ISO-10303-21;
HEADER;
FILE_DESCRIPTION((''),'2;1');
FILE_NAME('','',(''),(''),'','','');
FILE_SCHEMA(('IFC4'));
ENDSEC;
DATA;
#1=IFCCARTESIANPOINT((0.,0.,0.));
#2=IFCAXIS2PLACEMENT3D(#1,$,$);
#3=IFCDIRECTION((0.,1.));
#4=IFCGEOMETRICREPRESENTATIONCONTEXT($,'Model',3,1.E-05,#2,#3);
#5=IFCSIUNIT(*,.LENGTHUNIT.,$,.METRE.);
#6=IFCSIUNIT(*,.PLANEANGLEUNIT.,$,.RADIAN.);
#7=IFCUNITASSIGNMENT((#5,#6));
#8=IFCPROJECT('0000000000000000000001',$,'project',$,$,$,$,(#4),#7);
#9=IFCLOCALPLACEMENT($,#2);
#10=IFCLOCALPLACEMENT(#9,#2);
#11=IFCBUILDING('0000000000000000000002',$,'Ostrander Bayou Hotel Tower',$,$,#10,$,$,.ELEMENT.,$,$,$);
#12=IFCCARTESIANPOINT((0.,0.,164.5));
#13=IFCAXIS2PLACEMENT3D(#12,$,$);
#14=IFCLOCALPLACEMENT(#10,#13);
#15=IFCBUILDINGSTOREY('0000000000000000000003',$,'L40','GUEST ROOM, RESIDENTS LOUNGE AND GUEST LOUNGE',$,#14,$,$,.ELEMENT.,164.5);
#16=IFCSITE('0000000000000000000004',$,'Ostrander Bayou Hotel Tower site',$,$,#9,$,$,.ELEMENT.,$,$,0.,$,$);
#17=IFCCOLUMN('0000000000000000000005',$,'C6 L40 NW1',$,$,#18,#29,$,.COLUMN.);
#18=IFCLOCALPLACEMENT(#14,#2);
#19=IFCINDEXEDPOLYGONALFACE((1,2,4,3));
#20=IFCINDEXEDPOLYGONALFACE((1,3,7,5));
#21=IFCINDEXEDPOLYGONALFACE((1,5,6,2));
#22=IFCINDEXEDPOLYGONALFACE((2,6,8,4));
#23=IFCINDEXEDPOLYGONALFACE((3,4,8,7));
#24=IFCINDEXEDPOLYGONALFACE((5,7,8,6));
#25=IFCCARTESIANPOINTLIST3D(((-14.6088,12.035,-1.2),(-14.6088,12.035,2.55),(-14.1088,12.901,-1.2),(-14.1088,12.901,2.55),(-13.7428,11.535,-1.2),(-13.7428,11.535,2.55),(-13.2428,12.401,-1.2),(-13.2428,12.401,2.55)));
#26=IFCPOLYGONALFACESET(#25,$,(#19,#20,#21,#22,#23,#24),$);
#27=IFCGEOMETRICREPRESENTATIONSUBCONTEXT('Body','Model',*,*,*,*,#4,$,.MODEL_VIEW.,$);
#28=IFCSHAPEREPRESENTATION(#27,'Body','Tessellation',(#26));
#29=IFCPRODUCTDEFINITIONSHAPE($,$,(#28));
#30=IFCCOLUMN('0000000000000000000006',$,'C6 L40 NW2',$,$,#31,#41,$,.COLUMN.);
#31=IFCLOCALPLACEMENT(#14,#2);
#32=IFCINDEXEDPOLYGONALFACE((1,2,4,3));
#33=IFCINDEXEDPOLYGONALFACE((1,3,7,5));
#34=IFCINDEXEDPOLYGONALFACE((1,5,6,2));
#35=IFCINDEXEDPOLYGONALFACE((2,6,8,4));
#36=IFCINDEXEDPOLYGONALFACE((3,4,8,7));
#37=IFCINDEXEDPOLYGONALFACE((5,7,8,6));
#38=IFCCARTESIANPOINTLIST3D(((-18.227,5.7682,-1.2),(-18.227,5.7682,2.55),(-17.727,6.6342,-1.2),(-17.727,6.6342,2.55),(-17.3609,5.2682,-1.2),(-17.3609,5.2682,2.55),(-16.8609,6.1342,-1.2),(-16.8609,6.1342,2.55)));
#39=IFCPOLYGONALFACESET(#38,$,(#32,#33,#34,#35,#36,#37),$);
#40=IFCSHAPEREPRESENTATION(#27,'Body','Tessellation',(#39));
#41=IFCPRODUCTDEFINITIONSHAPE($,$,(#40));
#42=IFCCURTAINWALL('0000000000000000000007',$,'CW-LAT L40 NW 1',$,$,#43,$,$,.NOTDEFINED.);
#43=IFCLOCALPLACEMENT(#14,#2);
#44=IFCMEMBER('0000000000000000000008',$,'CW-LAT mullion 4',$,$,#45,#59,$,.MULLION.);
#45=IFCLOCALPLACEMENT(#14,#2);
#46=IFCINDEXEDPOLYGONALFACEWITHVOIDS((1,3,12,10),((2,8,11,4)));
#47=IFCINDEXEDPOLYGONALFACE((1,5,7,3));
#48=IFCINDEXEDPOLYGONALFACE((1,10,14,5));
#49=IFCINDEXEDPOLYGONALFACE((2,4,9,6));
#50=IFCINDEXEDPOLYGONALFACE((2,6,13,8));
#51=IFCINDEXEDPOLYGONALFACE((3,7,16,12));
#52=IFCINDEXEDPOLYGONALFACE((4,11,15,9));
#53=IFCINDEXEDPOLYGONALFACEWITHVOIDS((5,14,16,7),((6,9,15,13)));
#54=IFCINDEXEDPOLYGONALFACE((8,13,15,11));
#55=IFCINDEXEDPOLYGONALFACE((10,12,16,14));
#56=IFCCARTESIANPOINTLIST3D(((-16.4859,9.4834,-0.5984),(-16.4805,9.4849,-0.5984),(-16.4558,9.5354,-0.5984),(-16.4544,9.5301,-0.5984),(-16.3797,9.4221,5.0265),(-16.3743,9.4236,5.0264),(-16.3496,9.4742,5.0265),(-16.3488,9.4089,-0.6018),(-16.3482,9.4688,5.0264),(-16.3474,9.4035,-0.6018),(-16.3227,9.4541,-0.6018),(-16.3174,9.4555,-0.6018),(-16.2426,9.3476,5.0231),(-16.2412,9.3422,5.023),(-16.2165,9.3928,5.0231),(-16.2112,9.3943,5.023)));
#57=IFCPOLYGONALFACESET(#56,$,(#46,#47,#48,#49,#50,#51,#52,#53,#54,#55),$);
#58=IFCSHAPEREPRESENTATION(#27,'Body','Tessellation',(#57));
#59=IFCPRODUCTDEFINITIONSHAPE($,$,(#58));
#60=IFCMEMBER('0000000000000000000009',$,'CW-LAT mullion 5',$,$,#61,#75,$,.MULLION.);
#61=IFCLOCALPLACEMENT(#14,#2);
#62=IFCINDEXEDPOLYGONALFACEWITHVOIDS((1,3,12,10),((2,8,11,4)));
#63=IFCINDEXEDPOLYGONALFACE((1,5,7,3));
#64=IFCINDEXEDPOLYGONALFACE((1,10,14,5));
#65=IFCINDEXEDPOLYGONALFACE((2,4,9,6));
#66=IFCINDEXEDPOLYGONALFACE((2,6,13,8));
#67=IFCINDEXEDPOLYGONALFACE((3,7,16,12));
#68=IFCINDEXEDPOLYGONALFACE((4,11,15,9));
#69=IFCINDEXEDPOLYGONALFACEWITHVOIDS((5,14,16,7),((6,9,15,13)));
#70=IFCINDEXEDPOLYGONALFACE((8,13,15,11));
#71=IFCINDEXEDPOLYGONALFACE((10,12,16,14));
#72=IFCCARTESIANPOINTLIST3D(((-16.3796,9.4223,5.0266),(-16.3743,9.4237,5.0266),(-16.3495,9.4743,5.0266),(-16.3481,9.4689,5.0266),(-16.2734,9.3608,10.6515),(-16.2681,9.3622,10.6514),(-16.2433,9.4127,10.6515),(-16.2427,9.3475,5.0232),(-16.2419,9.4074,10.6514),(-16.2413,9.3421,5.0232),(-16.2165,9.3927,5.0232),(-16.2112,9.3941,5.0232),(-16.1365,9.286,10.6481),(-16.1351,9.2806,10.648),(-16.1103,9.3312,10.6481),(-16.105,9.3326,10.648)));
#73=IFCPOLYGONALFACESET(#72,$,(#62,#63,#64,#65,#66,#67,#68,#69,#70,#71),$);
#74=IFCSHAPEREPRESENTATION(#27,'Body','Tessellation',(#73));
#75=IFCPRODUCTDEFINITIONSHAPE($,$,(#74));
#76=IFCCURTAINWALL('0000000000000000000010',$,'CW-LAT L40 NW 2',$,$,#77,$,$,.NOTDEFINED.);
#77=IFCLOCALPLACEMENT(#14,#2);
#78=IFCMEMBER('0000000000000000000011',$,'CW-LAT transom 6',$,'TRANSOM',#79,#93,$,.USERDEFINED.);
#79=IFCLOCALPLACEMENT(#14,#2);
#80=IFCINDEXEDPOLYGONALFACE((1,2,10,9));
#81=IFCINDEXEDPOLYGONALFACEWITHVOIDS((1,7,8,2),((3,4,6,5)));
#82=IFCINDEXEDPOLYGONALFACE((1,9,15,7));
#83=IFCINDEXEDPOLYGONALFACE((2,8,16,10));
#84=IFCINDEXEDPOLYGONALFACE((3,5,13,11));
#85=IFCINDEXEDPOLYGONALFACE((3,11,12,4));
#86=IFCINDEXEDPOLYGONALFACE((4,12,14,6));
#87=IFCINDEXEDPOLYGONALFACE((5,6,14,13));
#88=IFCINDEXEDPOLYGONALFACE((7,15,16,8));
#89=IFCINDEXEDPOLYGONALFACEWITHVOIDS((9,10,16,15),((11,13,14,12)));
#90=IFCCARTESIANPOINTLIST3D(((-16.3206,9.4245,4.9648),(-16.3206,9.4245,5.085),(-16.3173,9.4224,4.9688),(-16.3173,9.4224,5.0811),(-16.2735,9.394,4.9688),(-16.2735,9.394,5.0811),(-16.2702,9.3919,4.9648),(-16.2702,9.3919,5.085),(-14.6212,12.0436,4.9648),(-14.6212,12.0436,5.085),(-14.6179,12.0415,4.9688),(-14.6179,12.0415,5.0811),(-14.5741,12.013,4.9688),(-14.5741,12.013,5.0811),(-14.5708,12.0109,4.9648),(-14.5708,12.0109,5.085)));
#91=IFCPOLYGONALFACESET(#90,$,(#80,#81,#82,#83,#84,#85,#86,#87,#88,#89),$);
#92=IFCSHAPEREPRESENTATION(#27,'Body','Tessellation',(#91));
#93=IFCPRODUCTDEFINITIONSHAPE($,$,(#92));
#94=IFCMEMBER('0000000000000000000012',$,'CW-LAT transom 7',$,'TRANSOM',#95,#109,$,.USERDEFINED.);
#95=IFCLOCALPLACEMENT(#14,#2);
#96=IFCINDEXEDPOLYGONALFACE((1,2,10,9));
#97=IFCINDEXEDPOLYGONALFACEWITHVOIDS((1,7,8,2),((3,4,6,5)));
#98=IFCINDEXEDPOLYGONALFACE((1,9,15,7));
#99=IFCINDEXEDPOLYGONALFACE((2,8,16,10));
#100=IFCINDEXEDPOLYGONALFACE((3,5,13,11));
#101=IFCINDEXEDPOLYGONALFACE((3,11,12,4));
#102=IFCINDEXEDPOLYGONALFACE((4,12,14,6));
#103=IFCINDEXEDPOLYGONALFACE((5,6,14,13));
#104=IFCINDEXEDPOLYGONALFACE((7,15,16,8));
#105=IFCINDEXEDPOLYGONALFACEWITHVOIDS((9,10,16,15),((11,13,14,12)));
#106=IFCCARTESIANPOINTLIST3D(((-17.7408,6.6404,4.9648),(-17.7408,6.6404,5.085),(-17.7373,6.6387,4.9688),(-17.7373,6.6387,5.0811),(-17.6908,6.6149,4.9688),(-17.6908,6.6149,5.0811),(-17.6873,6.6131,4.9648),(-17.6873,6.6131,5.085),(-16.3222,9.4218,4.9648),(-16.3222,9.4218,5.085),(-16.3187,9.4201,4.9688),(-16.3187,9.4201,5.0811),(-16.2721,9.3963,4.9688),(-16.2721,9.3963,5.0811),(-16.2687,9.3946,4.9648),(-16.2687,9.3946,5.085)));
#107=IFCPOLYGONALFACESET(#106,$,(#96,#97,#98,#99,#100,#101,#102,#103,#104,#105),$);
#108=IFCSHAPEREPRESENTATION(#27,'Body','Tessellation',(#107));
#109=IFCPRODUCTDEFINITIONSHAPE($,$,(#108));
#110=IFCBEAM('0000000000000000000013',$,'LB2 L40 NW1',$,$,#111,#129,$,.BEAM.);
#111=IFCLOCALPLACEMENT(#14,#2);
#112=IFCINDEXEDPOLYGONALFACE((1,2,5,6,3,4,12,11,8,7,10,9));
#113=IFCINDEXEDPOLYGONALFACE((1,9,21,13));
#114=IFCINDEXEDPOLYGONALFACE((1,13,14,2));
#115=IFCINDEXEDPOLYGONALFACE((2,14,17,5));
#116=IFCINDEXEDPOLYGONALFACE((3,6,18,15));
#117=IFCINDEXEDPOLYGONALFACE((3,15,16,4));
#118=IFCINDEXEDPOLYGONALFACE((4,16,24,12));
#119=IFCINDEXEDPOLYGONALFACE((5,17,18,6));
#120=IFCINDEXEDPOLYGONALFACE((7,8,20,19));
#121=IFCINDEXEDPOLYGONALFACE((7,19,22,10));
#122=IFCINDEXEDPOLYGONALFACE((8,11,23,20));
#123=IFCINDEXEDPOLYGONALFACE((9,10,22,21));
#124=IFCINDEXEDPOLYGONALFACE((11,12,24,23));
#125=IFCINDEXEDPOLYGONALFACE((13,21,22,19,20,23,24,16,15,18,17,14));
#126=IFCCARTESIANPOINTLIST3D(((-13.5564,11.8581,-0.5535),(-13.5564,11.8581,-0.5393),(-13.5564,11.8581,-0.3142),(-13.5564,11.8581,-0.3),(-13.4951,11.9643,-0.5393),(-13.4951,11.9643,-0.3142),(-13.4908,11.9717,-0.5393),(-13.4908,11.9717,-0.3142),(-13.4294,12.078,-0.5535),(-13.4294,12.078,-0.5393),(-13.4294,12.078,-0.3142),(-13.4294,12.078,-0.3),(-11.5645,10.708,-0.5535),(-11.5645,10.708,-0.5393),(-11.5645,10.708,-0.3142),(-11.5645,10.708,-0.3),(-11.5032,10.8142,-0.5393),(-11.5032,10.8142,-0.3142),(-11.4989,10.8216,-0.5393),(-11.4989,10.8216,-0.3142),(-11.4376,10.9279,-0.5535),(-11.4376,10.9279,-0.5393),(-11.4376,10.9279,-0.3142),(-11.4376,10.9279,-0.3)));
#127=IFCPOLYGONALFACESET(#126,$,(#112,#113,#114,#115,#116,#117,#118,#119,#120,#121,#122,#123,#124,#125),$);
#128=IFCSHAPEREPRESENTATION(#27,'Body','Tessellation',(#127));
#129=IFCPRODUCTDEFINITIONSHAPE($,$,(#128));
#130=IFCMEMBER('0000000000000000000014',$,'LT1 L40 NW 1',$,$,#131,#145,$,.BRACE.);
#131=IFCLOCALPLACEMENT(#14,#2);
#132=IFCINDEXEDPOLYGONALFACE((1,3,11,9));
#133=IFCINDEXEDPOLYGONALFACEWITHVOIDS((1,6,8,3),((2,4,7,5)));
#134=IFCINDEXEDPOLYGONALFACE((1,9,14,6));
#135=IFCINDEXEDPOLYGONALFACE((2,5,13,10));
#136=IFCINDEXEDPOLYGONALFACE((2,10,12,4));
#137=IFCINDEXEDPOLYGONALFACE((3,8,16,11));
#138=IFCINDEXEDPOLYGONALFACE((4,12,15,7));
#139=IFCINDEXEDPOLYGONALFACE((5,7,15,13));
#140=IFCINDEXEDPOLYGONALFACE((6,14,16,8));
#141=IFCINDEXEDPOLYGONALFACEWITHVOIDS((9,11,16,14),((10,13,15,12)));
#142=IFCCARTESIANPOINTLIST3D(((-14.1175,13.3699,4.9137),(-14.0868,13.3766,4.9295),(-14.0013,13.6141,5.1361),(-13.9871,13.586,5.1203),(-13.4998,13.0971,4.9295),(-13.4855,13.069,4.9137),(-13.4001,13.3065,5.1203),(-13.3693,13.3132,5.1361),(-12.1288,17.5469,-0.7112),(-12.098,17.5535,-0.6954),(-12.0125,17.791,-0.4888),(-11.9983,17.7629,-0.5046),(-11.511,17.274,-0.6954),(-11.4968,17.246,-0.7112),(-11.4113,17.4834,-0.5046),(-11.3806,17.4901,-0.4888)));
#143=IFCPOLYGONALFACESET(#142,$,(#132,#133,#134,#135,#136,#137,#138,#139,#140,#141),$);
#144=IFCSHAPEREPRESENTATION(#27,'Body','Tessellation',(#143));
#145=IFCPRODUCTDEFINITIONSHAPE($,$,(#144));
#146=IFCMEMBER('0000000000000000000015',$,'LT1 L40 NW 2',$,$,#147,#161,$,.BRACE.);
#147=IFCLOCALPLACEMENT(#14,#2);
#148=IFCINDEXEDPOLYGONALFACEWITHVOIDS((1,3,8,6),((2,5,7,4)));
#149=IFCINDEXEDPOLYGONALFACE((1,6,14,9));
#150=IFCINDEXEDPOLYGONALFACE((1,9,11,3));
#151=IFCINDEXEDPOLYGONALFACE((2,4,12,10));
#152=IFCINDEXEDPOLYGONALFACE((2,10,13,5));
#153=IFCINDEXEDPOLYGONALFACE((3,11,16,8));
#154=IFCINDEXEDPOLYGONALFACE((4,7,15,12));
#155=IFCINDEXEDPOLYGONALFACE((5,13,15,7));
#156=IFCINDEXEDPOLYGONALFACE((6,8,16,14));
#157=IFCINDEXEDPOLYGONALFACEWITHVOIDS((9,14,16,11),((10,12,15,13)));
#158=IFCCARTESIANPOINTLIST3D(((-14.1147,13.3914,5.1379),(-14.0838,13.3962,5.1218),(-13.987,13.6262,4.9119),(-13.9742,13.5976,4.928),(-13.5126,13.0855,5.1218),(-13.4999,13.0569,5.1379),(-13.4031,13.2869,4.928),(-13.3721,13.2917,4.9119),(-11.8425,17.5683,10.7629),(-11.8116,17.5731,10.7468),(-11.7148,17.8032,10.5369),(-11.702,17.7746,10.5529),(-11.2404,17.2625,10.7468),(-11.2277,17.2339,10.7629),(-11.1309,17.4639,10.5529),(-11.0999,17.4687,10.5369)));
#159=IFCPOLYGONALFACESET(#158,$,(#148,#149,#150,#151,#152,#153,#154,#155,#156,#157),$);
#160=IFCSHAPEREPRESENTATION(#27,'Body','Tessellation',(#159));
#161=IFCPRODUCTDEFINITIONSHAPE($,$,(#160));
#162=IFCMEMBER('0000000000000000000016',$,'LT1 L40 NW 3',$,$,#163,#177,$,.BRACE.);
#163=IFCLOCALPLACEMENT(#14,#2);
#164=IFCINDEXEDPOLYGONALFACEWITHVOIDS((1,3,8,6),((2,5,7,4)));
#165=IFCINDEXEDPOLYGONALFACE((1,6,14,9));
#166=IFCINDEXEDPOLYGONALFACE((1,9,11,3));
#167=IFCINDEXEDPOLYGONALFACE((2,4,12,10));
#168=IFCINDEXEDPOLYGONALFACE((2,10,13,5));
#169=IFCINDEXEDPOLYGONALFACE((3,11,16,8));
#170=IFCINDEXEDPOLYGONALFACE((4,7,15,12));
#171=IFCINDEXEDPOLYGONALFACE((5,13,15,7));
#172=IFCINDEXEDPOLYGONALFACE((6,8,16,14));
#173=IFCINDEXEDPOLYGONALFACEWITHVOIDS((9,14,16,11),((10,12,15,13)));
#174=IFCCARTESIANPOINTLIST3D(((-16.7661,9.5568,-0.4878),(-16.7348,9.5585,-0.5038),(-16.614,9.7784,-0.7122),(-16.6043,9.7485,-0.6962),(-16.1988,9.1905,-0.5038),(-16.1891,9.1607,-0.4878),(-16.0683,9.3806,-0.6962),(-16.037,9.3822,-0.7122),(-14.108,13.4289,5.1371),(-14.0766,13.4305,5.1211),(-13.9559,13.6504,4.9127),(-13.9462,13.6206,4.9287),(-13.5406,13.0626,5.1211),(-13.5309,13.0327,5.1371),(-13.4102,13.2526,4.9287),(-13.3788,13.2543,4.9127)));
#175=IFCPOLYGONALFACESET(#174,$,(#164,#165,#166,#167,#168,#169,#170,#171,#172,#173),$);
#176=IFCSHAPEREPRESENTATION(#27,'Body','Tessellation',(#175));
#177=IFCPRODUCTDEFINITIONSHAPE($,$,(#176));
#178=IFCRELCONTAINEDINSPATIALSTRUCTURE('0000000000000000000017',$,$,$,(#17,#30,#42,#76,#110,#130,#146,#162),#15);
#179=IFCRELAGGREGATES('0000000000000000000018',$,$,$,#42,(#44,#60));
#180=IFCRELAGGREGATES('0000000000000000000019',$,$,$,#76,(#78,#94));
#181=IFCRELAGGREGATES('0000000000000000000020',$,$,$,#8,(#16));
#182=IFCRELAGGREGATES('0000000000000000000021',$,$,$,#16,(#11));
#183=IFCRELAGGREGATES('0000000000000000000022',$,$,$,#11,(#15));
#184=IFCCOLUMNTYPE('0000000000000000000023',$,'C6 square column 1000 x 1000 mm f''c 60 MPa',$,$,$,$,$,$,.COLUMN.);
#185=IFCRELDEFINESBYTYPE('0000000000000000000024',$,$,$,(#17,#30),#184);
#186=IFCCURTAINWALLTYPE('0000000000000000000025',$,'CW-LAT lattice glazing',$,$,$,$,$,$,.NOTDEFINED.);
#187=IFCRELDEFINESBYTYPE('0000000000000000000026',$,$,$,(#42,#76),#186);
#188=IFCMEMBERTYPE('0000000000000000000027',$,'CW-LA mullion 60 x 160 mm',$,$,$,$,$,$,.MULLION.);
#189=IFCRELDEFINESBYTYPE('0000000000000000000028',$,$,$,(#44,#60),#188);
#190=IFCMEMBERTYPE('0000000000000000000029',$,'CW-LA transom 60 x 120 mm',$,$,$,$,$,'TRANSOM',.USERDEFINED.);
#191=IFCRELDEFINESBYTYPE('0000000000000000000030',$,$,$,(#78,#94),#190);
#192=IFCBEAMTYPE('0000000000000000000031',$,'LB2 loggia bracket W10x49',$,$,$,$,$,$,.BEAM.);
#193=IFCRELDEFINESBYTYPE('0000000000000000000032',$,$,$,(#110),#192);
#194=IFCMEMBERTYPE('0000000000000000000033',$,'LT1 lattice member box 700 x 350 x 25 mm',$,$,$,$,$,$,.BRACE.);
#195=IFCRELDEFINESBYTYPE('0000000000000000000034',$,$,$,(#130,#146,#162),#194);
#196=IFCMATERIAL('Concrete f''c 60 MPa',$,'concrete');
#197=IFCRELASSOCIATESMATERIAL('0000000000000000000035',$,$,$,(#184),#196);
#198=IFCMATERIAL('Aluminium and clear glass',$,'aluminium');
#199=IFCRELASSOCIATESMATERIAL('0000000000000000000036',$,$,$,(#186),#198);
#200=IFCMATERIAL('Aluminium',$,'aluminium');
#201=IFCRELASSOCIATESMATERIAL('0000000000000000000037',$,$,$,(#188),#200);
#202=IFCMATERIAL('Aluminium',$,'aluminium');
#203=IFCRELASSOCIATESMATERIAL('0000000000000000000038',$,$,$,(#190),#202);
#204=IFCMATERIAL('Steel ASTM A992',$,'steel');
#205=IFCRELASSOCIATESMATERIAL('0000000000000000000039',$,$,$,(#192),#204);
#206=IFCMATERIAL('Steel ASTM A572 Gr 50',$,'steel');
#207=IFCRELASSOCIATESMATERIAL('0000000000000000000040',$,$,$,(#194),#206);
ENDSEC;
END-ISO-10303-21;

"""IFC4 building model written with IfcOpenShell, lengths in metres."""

from ifc_helpers import new_model, si_unit, direction, frame, origin, origin_2d, place, context, subcontext, project, spatial, rectangle, hollow_rectangle, i_section, extrude, material, material_profile, profile_set, type_object, element, aggregate, save


model = new_model("IFC4")

# Units and contexts
model_context = context("Model", 3, precision=1e-05, world=origin(), true_north=direction((0.0, 1.0)))
body_context = subcontext(model_context, "Body", "Model", "MODEL_VIEW")
ifc_project = project(units=[si_unit("LENGTHUNIT", "METRE"), si_unit("PLANEANGLEUNIT", "RADIAN")], contexts=[model_context])

# Site, building, storey
site_placement = place(None, origin())
site = spatial("IfcSite", under=ifc_project, at=site_placement, Name="Ostrander Bayou Hotel Tower site", CompositionType="ELEMENT", RefElevation=0.0)
building_placement = place(site_placement, origin())
building = spatial("IfcBuilding", under=site, at=building_placement, Name="Ostrander Bayou Hotel Tower", CompositionType="ELEMENT")
storey_placement = place(building_placement, frame((0.0, 0.0, 164.5)))
storey = spatial("IfcBuildingStorey", under=building, at=storey_placement, Name="L40", Description="GUEST ROOM, RESIDENTS LOUNGE AND GUEST LOUNGE", CompositionType="ELEMENT", Elevation=164.5)

# Columns
ifc_material_1 = material(Name="Concrete f'c 60 MPa", Category="concrete")
ifc_material_profile_1 = material_profile(ifc_material_1, rectangle(XDim=1.0, YDim=1.0, at=origin_2d()))
ifc_profile_set_1 = profile_set([ifc_material_profile_1], Name="Concrete f'c 60 MPa")
column_type = type_object("IfcColumnType", Name="C6 square column 1000 x 1000 mm f'c 60 MPa", PredefinedType="COLUMN", material=ifc_profile_set_1)
for number, where, z_axis, x_axis, name in (
    (1, (-13.9258, 12.218, -1.2), (0.0, 0.0, 1.0), (0.5, 0.866025, 0.0), "C6 L40 NW1"),
    (2, (-17.5439, 5.9512, -1.2), (0.0, 0.0, 1.0), (0.5, 0.866025, 0.0), "C6 L40 NW2"),
):
    element("IfcColumn", number, at=place(storey_placement, frame(where, z_axis=z_axis, x_axis=x_axis)), inside=storey, type_object=column_type, Name=name, PredefinedType="COLUMN", context=body_context, shape_type="SweptSolid", body=[
        extrude(rectangle(XDim=1.0, YDim=1.0, at=origin_2d()), origin(), (0.0, 0.0, 1.0), 3.75),
    ])

# Curtain walls, members
ifc_material_2 = material(Name="Aluminium and clear glass", Category="aluminium")
curtain_wall_type = type_object("IfcCurtainWallType", Name="CW-LAT lattice glazing", PredefinedType="NOTDEFINED", material=ifc_material_2)
curtain_wall_1_placement = place(storey_placement, origin())
curtain_wall_1 = element("IfcCurtainWall", 3, at=curtain_wall_1_placement, inside=storey, type_object=curtain_wall_type, Name="CW-LAT L40 NW 1", PredefinedType="NOTDEFINED")
ifc_material_3 = material(Name="Aluminium", Category="aluminium")
ifc_material_profile_2 = material_profile(ifc_material_3, hollow_rectangle(XDim=0.0601, YDim=0.1599, WallThickness=0.0039, at=origin_2d()))
ifc_profile_set_2 = profile_set([ifc_material_profile_2], Name="Aluminium")
member_type_1 = type_object("IfcMemberType", Name="CW-LA mullion 60 x 160 mm", PredefinedType="MULLION", material=ifc_profile_set_2)
member_1_placement = place(storey_placement, frame((-16.4016, 9.4695, -0.6001), z_axis=(0.018876, -0.010892, 0.999763), x_axis=(0.49978, 0.866152, 0.0)))
member_1 = element("IfcMember", 4, at=member_1_placement, type_object=member_type_1, Name="CW-LAT mullion 4", PredefinedType="MULLION", context=body_context, shape_type="SweptSolid", body=[
    extrude(hollow_rectangle(XDim=0.0601, YDim=0.1599, WallThickness=0.0039, at=origin_2d()), origin(), (0.0, 0.0, 1.0), 5.6262),
])
member_2_placement = place(storey_placement, frame((-16.2954, 9.4082, 5.0249), z_axis=(0.018876, -0.010935, 0.999762), x_axis=(0.501271, 0.86529, 0.0)))
member_2 = element("IfcMember", 5, at=member_2_placement, type_object=member_type_1, Name="CW-LAT mullion 5", PredefinedType="MULLION", context=body_context, shape_type="SweptSolid", body=[
    extrude(hollow_rectangle(XDim=0.0601, YDim=0.1599, WallThickness=0.0039, at=origin_2d()), origin(), (0.0, 0.0, 1.0), 5.6262),
])
curtain_wall_2_placement = place(storey_placement, origin())
curtain_wall_2 = element("IfcCurtainWall", 6, at=curtain_wall_2_placement, inside=storey, type_object=curtain_wall_type, Name="CW-LAT L40 NW 2", PredefinedType="NOTDEFINED")
ifc_material_4 = material(Name="Aluminium", Category="aluminium")
ifc_material_profile_3 = material_profile(ifc_material_4, hollow_rectangle(XDim=0.0601, YDim=0.1201, WallThickness=0.0039, at=origin_2d()))
ifc_profile_set_3 = profile_set([ifc_material_profile_3], Name="Aluminium")
member_type_2 = type_object("IfcMemberType", Name="CW-LA transom 60 x 120 mm", ElementType="TRANSOM", PredefinedType="USERDEFINED", material=ifc_profile_set_3)
member_3_placement = place(storey_placement, frame((-16.2954, 9.4082, 5.0249), z_axis=(0.544318, 0.838879, 0.0), x_axis=(-0.838879, 0.544318, 0.0)))
member_3 = element("IfcMember", 7, at=member_3_placement, type_object=member_type_2, Name="CW-LAT transom 6", ObjectType="TRANSOM", PredefinedType="USERDEFINED", context=body_context, shape_type="SweptSolid", body=[
    extrude(hollow_rectangle(XDim=0.0601, YDim=0.1201, WallThickness=0.0039, at=origin_2d()), origin(), (0.0, 0.0, 1.0), 3.1221),
])
member_4_placement = place(storey_placement, frame((-16.2954, 9.4082, 5.0249), z_axis=(-0.454361, -0.890817, 0.0), x_axis=(0.890817, -0.454361, 0.0)))
member_4 = element("IfcMember", 8, at=member_4_placement, type_object=member_type_2, Name="CW-LAT transom 7", ObjectType="TRANSOM", PredefinedType="USERDEFINED", context=body_context, shape_type="SweptSolid", body=[
    extrude(hollow_rectangle(XDim=0.0601, YDim=0.1201, WallThickness=0.0039, at=origin_2d()), origin(), (0.0, 0.0, 1.0), 3.1223),
])

# Beam
ifc_material_5 = material(Name="Steel ASTM A992", Category="steel")
ifc_material_profile_4 = material_profile(ifc_material_5, i_section(OverallWidth=0.2539, OverallDepth=0.2534, WebThickness=0.0085, FlangeThickness=0.0142, at=origin_2d()))
ifc_profile_set_4 = profile_set([ifc_material_profile_4], Name="Steel ASTM A992")
beam_type_1 = type_object("IfcBeamType", Name="LB2 loggia bracket W10x49", PredefinedType="BEAM", material=ifc_profile_set_4)
beam_1_placement = place(storey_placement, frame((-13.4929, 11.968, -0.4268), z_axis=(0.866007, -0.500032, 0.0), x_axis=(0.500032, 0.866007, 0.0)))
element("IfcBeam", 9, at=beam_1_placement, inside=storey, type_object=beam_type_1, Name="LB2 L40 NW1", PredefinedType="BEAM", context=body_context, shape_type="SweptSolid", body=[
    extrude(i_section(OverallWidth=0.2539, OverallDepth=0.2534, WebThickness=0.0085, FlangeThickness=0.0142, at=origin_2d()), origin(), (0.0, 0.0, 1.0), 2.3),
])

# Members
ifc_material_6 = material(Name="Steel ASTM A572 Gr 50", Category="steel")
ifc_material_profile_5 = material_profile(ifc_material_6, hollow_rectangle(XDim=0.7, YDim=0.3501, WallThickness=0.0249, at=origin_2d()))
ifc_profile_set_5 = profile_set([ifc_material_profile_5], Name="Steel ASTM A572 Gr 50")
member_type_3 = type_object("IfcMemberType", Name="LT1 lattice member box 700 x 350 x 25 mm", PredefinedType="BRACE", material=ifc_profile_set_5)
member_5_placement = place(storey_placement, frame((-13.7434, 13.3416, 5.0249), z_axis=(0.273067, 0.573522, -0.772339), x_axis=(-0.902884, 0.429884, 0.0)))
element("IfcMember", 10, at=member_5_placement, inside=storey, type_object=member_type_3, Name="LT1 L40 NW 1", PredefinedType="BRACE", context=body_context, shape_type="SweptSolid", body=[
    extrude(hollow_rectangle(XDim=0.7, YDim=0.3501, WallThickness=0.0249, at=origin_2d()), origin(), (0.0, 0.0, 1.0), 7.283),
])
member_6_placement = place(storey_placement, frame((-13.7434, 13.3416, 5.0249), z_axis=(0.308494, 0.567102, 0.763693), x_axis=(-0.878439, 0.477855, 0.0)))
element("IfcMember", 11, at=member_6_placement, inside=storey, type_object=member_type_3, Name="LT1 L40 NW 2", PredefinedType="BRACE", context=body_context, shape_type="SweptSolid", body=[
    extrude(hollow_rectangle(XDim=0.7, YDim=0.3501, WallThickness=0.0249, at=origin_2d()), origin(), (0.0, 0.0, 1.0), 7.3655),
])
member_7_placement = place(storey_placement, frame((-13.7434, 13.3416, 5.0249), z_axis=(-0.362746, -0.528394, -0.767604), x_axis=(0.824424, -0.565973, 0.0)))
element("IfcMember", 12, at=member_7_placement, inside=storey, type_object=member_type_3, Name="LT1 L40 NW 3", PredefinedType="BRACE", context=body_context, shape_type="SweptSolid", body=[
    extrude(hollow_rectangle(XDim=0.7, YDim=0.3501, WallThickness=0.0249, at=origin_2d()), origin(), (0.0, 0.0, 1.0), 7.3279),
])

aggregate(curtain_wall_1, [member_1, member_2])
aggregate(curtain_wall_2, [member_3, member_4])

save(model, "model.ifc")
